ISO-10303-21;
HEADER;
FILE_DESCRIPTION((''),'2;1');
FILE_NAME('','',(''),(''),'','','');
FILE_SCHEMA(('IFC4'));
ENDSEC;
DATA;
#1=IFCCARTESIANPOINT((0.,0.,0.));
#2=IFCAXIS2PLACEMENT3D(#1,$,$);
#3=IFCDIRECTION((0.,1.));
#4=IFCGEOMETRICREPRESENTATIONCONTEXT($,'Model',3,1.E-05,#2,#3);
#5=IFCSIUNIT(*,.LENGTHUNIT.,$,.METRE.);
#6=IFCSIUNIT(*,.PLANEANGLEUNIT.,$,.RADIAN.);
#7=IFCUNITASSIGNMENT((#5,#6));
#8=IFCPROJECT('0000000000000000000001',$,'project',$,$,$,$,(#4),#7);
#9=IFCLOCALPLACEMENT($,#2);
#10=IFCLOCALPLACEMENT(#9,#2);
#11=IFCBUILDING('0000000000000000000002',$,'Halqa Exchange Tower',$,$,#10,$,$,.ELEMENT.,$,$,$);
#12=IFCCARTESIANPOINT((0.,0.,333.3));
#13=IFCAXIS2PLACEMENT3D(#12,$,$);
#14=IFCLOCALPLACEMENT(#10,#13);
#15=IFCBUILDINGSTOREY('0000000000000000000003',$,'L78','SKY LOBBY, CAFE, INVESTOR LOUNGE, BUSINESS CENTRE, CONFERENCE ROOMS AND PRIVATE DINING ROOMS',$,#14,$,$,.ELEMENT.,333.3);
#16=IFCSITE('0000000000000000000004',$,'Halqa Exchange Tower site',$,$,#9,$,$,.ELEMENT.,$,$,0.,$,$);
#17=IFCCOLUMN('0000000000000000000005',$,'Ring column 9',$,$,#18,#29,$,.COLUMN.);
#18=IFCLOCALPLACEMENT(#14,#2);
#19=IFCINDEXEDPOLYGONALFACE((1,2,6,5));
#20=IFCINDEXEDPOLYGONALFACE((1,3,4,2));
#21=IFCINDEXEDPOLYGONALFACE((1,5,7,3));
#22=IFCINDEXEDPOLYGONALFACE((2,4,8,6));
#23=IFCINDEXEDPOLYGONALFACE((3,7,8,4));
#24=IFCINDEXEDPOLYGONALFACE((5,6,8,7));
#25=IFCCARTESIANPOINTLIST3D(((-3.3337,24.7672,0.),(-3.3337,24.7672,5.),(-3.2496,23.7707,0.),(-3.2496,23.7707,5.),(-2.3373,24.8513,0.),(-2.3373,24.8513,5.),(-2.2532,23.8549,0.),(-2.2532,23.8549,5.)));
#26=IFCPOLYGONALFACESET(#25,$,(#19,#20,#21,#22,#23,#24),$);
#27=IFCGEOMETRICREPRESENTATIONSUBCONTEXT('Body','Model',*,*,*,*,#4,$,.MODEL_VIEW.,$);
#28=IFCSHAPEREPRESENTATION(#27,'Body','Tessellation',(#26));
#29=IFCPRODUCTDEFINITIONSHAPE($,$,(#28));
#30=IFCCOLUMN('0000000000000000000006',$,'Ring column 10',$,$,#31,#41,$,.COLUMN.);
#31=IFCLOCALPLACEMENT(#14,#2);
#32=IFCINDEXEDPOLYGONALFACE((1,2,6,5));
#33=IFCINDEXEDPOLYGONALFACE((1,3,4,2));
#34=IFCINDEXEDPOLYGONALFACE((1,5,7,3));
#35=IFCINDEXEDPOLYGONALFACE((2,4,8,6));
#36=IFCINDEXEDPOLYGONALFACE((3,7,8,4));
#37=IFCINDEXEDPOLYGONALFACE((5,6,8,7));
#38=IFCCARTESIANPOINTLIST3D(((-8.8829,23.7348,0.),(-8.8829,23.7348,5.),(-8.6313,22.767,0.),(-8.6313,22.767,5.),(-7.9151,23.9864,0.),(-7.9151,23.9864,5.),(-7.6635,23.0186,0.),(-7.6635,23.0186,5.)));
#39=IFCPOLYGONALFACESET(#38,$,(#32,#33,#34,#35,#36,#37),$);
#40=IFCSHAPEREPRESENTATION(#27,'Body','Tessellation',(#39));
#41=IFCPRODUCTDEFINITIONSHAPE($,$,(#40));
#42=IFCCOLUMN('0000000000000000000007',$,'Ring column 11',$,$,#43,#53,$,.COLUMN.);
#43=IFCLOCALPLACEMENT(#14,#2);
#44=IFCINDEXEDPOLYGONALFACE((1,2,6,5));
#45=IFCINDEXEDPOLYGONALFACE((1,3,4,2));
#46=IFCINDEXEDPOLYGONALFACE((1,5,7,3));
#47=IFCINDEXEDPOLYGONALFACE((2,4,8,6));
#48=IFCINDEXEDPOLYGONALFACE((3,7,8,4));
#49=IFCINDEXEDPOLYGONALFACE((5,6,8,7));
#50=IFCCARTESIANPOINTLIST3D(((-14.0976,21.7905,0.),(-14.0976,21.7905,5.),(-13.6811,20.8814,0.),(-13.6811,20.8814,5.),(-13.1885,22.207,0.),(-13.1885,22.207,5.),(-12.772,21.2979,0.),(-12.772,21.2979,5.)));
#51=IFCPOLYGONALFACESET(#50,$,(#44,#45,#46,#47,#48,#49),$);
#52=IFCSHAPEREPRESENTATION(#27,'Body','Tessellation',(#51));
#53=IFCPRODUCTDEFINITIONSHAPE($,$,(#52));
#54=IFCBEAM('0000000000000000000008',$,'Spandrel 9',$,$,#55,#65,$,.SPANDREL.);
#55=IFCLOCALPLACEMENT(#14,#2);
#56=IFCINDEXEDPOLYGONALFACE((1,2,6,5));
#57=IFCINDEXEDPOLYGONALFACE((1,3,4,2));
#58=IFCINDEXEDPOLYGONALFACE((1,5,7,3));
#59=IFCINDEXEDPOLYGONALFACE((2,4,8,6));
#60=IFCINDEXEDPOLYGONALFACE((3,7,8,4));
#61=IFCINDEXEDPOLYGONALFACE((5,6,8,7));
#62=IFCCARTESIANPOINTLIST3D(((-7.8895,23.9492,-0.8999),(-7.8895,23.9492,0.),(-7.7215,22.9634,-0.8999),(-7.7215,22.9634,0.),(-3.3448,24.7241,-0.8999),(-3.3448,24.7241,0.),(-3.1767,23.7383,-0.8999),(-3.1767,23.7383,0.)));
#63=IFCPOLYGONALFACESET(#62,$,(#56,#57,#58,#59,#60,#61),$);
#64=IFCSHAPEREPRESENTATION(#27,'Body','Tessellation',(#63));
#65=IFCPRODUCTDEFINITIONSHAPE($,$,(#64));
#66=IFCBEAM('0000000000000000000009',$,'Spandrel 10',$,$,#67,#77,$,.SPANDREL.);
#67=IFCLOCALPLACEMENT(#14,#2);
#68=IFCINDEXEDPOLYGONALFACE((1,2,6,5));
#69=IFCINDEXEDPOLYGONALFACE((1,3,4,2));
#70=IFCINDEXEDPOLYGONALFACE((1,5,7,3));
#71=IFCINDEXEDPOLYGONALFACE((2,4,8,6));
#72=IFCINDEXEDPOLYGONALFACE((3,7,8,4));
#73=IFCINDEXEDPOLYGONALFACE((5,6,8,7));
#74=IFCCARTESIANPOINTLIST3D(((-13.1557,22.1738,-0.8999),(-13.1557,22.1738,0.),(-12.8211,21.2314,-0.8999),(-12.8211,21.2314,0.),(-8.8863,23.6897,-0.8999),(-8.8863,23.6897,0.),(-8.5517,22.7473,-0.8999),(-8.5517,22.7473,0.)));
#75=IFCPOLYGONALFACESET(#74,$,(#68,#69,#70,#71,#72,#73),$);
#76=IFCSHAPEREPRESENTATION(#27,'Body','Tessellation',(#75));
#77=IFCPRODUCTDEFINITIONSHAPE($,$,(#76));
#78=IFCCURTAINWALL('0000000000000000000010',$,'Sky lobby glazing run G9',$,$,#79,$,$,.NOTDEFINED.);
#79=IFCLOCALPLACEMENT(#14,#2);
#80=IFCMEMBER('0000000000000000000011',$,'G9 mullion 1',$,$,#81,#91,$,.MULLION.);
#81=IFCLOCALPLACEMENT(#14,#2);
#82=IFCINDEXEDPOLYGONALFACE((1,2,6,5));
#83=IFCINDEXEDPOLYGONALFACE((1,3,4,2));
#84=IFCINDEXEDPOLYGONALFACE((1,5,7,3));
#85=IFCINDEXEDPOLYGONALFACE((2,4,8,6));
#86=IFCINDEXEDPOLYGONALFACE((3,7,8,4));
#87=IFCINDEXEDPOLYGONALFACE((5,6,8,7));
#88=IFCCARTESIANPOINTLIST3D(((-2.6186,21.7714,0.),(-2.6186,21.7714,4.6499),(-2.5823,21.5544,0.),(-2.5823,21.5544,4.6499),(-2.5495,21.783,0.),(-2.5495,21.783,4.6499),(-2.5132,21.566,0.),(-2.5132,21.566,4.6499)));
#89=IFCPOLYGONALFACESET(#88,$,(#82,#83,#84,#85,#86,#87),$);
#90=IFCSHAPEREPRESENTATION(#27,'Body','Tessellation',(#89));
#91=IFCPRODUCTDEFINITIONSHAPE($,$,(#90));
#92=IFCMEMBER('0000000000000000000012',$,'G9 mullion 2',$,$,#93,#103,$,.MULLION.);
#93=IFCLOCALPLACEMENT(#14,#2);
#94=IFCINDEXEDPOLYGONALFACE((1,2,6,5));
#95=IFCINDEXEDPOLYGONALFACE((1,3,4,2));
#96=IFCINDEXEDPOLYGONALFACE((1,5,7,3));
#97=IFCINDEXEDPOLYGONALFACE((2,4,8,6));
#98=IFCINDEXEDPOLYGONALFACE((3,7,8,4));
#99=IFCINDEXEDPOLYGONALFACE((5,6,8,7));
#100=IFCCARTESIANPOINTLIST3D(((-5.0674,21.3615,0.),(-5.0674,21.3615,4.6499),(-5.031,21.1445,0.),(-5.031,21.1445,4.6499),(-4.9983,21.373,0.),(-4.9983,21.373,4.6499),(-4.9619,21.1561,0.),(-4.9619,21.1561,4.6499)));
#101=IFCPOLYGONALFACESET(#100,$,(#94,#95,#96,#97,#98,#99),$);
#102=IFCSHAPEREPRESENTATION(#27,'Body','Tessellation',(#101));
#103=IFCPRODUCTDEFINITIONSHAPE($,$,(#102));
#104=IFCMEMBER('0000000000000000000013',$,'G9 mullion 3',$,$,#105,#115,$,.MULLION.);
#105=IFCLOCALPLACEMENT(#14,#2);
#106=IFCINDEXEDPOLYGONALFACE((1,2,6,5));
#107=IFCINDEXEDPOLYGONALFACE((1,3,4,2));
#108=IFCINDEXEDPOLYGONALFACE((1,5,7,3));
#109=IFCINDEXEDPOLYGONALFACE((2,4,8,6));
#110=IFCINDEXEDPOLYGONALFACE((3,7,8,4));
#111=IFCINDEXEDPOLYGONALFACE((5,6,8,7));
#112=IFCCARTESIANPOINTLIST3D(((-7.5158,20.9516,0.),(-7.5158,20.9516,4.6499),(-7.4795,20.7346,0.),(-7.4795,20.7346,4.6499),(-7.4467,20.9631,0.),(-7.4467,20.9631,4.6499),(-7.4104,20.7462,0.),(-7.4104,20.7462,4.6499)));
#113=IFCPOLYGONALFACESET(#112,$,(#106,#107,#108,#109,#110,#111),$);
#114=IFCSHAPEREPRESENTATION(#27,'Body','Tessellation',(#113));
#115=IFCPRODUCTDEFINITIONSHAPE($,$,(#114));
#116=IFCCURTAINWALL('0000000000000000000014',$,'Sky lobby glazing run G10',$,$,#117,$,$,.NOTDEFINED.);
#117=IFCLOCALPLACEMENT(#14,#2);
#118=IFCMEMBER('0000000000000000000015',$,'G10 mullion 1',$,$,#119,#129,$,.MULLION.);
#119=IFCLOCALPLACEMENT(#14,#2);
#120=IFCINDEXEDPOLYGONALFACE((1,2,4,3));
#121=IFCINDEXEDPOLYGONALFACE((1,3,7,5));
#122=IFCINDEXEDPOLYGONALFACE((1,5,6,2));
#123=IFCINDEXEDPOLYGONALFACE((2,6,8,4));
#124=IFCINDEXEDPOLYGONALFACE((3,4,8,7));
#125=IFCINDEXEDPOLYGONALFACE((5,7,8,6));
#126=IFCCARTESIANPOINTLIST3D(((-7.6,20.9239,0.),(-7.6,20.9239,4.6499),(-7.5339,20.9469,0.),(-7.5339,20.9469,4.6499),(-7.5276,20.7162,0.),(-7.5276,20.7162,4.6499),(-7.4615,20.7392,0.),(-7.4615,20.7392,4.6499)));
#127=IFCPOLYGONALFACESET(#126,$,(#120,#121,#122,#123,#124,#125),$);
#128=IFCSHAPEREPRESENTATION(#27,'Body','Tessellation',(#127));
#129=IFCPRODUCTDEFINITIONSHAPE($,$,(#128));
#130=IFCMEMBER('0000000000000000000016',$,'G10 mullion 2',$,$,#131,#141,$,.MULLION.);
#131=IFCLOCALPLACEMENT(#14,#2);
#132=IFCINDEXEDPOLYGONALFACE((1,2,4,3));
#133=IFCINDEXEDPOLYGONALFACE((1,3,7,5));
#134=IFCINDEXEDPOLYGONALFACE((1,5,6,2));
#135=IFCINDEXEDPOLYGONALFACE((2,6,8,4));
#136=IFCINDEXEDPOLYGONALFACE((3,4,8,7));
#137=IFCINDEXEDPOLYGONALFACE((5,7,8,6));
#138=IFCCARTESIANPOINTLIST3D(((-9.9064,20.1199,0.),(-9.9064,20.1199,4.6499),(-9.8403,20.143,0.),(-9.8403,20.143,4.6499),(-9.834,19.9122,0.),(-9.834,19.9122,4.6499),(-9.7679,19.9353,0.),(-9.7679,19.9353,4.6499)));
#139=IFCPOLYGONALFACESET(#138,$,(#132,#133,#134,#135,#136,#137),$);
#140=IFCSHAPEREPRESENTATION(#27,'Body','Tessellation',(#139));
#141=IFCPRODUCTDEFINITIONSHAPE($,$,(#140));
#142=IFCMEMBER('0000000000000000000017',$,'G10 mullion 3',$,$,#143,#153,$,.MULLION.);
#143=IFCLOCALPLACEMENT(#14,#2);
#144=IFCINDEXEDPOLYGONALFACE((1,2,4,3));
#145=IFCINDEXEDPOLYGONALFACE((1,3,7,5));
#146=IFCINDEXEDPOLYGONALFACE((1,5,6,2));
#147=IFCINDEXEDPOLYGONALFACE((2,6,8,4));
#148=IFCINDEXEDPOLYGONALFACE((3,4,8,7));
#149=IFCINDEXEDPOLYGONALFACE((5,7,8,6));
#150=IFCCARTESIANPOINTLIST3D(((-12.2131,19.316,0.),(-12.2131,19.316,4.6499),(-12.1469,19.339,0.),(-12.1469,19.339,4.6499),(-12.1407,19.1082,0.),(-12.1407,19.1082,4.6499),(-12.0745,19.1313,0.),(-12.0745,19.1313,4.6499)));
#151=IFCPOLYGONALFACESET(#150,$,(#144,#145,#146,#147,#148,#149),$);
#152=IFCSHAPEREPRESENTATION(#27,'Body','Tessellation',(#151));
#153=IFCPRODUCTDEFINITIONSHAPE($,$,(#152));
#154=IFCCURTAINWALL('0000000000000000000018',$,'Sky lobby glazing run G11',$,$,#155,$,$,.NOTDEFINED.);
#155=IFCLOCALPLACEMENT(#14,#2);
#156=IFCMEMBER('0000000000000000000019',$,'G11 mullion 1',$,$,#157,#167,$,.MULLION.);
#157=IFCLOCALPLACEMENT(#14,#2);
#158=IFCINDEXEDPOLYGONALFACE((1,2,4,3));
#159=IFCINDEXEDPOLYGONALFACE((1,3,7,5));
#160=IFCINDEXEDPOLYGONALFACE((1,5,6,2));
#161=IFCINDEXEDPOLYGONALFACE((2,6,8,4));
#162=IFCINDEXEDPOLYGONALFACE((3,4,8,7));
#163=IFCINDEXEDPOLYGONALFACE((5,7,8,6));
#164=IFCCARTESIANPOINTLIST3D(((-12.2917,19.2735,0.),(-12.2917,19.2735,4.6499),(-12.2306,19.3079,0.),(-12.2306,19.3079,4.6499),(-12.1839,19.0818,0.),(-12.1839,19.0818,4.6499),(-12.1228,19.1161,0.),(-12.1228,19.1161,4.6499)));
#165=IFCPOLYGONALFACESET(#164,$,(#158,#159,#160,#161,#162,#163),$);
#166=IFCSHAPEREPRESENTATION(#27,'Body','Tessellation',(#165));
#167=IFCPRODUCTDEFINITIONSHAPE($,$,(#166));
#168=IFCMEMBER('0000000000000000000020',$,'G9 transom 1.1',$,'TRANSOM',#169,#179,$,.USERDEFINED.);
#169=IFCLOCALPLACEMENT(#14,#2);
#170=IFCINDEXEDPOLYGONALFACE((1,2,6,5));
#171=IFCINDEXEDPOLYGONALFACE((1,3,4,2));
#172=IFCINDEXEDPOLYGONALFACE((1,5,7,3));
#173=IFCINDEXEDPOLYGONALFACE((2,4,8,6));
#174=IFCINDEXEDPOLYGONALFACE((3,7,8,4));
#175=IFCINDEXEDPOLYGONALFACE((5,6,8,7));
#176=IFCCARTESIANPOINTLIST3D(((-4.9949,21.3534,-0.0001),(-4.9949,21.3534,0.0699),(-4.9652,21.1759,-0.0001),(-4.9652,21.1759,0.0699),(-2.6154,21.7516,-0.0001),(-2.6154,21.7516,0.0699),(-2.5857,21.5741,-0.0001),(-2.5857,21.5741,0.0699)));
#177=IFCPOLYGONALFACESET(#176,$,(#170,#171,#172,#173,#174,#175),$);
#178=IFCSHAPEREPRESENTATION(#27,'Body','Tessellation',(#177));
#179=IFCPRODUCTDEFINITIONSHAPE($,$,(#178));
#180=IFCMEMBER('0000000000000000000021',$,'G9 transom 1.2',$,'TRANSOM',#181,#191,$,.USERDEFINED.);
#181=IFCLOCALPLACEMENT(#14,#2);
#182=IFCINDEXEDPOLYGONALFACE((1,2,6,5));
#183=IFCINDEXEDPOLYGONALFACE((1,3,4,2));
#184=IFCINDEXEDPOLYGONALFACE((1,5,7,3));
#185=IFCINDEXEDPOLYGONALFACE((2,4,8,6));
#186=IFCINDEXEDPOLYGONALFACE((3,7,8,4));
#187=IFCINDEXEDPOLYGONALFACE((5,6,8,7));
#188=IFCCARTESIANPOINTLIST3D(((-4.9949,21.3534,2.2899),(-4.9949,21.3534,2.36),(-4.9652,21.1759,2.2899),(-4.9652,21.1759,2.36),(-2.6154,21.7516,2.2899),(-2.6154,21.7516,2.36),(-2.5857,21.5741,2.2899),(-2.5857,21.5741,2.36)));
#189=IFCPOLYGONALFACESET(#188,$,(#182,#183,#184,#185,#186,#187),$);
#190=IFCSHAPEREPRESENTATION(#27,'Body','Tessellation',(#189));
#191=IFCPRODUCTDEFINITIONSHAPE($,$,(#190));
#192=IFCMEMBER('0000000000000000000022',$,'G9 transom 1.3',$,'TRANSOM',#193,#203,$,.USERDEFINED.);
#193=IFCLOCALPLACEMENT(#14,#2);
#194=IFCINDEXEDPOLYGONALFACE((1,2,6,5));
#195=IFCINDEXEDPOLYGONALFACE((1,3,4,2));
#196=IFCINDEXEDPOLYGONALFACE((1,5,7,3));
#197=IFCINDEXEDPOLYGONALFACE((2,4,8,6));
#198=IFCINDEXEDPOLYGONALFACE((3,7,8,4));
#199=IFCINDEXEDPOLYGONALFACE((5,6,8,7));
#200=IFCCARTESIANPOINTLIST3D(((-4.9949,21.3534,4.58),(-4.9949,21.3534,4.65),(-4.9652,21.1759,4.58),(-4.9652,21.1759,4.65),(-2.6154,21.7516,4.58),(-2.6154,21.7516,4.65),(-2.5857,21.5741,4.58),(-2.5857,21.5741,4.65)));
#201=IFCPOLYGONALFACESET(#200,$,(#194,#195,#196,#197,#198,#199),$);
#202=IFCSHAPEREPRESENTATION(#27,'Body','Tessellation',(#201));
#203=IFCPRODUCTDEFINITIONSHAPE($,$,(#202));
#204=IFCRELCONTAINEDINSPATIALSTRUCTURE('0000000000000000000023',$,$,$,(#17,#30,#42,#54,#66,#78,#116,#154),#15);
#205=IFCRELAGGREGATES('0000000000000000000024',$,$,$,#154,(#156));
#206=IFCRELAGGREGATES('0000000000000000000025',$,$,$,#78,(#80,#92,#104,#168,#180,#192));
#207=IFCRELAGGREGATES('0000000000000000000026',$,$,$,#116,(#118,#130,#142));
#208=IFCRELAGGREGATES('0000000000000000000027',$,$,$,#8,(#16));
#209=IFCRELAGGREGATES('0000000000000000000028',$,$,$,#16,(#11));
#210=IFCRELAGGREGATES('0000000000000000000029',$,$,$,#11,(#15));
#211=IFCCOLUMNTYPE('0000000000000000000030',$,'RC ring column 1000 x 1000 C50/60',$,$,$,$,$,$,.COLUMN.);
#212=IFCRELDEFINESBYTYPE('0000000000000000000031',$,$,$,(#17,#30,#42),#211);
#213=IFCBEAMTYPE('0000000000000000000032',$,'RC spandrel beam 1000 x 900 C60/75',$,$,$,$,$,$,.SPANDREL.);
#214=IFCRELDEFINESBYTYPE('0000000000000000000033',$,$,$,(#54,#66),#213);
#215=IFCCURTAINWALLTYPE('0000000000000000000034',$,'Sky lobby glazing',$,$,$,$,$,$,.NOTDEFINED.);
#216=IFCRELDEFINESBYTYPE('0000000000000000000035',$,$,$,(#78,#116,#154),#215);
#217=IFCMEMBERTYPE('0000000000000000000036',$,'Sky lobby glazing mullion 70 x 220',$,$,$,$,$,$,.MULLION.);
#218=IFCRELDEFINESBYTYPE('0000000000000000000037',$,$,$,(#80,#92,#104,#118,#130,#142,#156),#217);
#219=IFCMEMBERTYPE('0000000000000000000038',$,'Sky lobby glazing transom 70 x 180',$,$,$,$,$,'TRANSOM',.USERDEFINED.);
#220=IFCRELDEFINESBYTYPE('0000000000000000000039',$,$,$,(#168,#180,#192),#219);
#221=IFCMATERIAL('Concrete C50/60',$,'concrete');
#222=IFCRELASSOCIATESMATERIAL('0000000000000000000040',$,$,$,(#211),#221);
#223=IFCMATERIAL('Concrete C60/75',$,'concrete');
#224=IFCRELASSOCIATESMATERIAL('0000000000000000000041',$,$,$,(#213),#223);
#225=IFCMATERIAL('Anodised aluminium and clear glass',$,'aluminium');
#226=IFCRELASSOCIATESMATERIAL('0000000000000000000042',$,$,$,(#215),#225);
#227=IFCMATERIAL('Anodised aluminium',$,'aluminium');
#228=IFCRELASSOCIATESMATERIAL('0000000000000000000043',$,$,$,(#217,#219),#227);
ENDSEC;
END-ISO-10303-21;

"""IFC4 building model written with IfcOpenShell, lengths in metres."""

from ifc_helpers import new_model, si_unit, direction, frame, origin, origin_2d, place, context, subcontext, project, spatial, rectangle, extrude, material, material_profile, profile_set, type_object, element, aggregate, save


model = new_model("IFC4")

# Units and contexts
model_context = context("Model", 3, precision=1e-05, world=origin(), true_north=direction((0.0, 1.0)))
body_context = subcontext(model_context, "Body", "Model", "MODEL_VIEW")
ifc_project = project(units=[si_unit("LENGTHUNIT", "METRE"), si_unit("PLANEANGLEUNIT", "RADIAN")], contexts=[model_context])

# Site, building, storey
site_placement = place(None, origin())
site = spatial("IfcSite", under=ifc_project, at=site_placement, Name="Halqa Exchange Tower site", CompositionType="ELEMENT", RefElevation=0.0)
building_placement = place(site_placement, origin())
building = spatial("IfcBuilding", under=site, at=building_placement, Name="Halqa Exchange Tower", CompositionType="ELEMENT")
storey_placement = place(building_placement, frame((0.0, 0.0, 333.3)))
storey = spatial("IfcBuildingStorey", under=building, at=storey_placement, Name="L78", Description="SKY LOBBY, CAFE, INVESTOR LOUNGE, BUSINESS CENTRE, CONFERENCE ROOMS AND PRIVATE DINING ROOMS", CompositionType="ELEMENT", Elevation=333.3)

# Columns
ifc_material_1 = material(Name="Concrete C50/60", Category="concrete")
ifc_material_profile_1 = material_profile(ifc_material_1, rectangle(XDim=1.0, YDim=1.0, at=origin_2d()), Name="1000 x 1000")
ifc_profile_set_1 = profile_set([ifc_material_profile_1], Name="Concrete C50/60")
column_type = type_object("IfcColumnType", Name="RC ring column 1000 x 1000 C50/60", PredefinedType="COLUMN", material=ifc_profile_set_1)
for number, where, z_axis, x_axis, name in (
    (1, (-2.7935, 24.311, 0.0), (0.0, 0.0, 1.0), (-0.996455, -0.084127, 0.0), "Ring column 9"),
    (2, (-8.2732, 23.3767, 0.0), (0.0, 0.0, 1.0), (-0.967819, -0.251647, 0.0), "Ring column 10"),
    (3, (-13.4348, 21.5442, 0.0), (0.0, 0.0, 1.0), (-0.909129, -0.416516, 0.0), "Ring column 11"),
):
    element("IfcColumn", number, at=place(storey_placement, frame(where, z_axis=z_axis, x_axis=x_axis)), inside=storey, type_object=column_type, Name=name, PredefinedType="COLUMN", context=body_context, shape_type="SweptSolid", body=[
        extrude(rectangle(XDim=1.0, YDim=1.0, at=origin_2d()), origin(), (0.0, 0.0, 1.0), 5.0),
    ])

# Beams
ifc_material_2 = material(Name="Concrete C60/75", Category="concrete")
ifc_material_profile_2 = material_profile(ifc_material_2, rectangle(XDim=1.0, YDim=0.8999, at=origin_2d()), Name="1000 x 900")
ifc_profile_set_2 = profile_set([ifc_material_profile_2], Name="Concrete C60/75")
beam_type = type_object("IfcBeamType", Name="RC spandrel beam 1000 x 900 C60/75", PredefinedType="SPANDREL", material=ifc_profile_set_2)
beam_1_placement = place(storey_placement, frame((-3.2607, 24.2312, -0.45), z_axis=(-0.985773, -0.168082, 0.0), x_axis=(0.168082, -0.985773, 0.0)))
element("IfcBeam", 4, at=beam_1_placement, inside=storey, type_object=beam_type, Name="Spandrel 9", PredefinedType="SPANDREL", context=body_context, shape_type="SweptSolid", body=[
    extrude(rectangle(XDim=1.0, YDim=0.8999, at=origin_2d()), origin(), (0.0, 0.0, 1.0), 4.6104),
])
beam_2_placement = place(storey_placement, frame((-8.719, 23.2185, -0.45), z_axis=(-0.942361, -0.334598, 0.0), x_axis=(0.334598, -0.942361, 0.0)))
element("IfcBeam", 5, at=beam_2_placement, inside=storey, type_object=beam_type, Name="Spandrel 10", PredefinedType="SPANDREL", context=body_context, shape_type="SweptSolid", body=[
    extrude(rectangle(XDim=1.0, YDim=0.8999, at=origin_2d()), origin(), (0.0, 0.0, 1.0), 4.5305),
])

# Curtain walls, members
ifc_material_3 = material(Name="Anodised aluminium and clear glass", Category="aluminium")
curtain_wall_type = type_object("IfcCurtainWallType", Name="Sky lobby glazing", PredefinedType="NOTDEFINED", material=ifc_material_3)
curtain_wall_1_placement = place(storey_placement, origin())
curtain_wall_1 = element("IfcCurtainWall", 6, at=curtain_wall_1_placement, inside=storey, type_object=curtain_wall_type, Name="Sky lobby glazing run G9", PredefinedType="NOTDEFINED")
ifc_material_4 = material(Name="Anodised aluminium", Category="aluminium")
ifc_material_profile_3 = material_profile(ifc_material_4, rectangle(XDim=0.22, YDim=0.0701, at=origin_2d()), Name="AL 70x220")
ifc_profile_set_3 = profile_set([ifc_material_profile_3], Name="Anodised aluminium")
member_type_1 = type_object("IfcMemberType", Name="Sky lobby glazing mullion 70 x 220", PredefinedType="MULLION", material=ifc_profile_set_3)
member_1_placement = place(storey_placement, frame((-2.5659, 21.6687, 0.0), z_axis=(0.0, 0.0, 1.0), x_axis=(0.165117, -0.986274, 0.0)))
member_1 = element("IfcMember", 7, at=member_1_placement, type_object=member_type_1, Name="G9 mullion 1", PredefinedType="MULLION", context=body_context, shape_type="SweptSolid", body=[
    extrude(rectangle(XDim=0.22, YDim=0.0701, at=origin_2d()), origin(), (0.0, 0.0, 1.0), 4.6499),
])
member_2_placement = place(storey_placement, frame((-5.0146, 21.2588, 0.0), z_axis=(0.0, 0.0, 1.0), x_axis=(0.165117, -0.986274, 0.0)))
member_2 = element("IfcMember", 8, at=member_2_placement, type_object=member_type_1, Name="G9 mullion 2", PredefinedType="MULLION", context=body_context, shape_type="SweptSolid", body=[
    extrude(rectangle(XDim=0.22, YDim=0.0701, at=origin_2d()), origin(), (0.0, 0.0, 1.0), 4.6499),
])
member_3_placement = place(storey_placement, frame((-7.4631, 20.8489, 0.0), z_axis=(0.0, 0.0, 1.0), x_axis=(0.165117, -0.986274, 0.0)))
member_3 = element("IfcMember", 9, at=member_3_placement, type_object=member_type_1, Name="G9 mullion 3", PredefinedType="MULLION", context=body_context, shape_type="SweptSolid", body=[
    extrude(rectangle(XDim=0.22, YDim=0.0701, at=origin_2d()), origin(), (0.0, 0.0, 1.0), 4.6499),
])
curtain_wall_2_placement = place(storey_placement, origin())
curtain_wall_2 = element("IfcCurtainWall", 10, at=curtain_wall_2_placement, inside=storey, type_object=curtain_wall_type, Name="Sky lobby glazing run G10", PredefinedType="NOTDEFINED")
member_4_placement = place(storey_placement, frame((-7.5308, 20.8315, 0.0), z_axis=(0.0, 0.0, 1.0), x_axis=(0.32916, -0.944274, 0.0)))
member_4 = element("IfcMember", 11, at=member_4_placement, type_object=member_type_1, Name="G10 mullion 1", PredefinedType="MULLION", context=body_context, shape_type="SweptSolid", body=[
    extrude(rectangle(XDim=0.22, YDim=0.0701, at=origin_2d()), origin(), (0.0, 0.0, 1.0), 4.6499),
])
member_5_placement = place(storey_placement, frame((-9.8372, 20.0276, 0.0), z_axis=(0.0, 0.0, 1.0), x_axis=(0.32916, -0.944274, 0.0)))
member_5 = element("IfcMember", 12, at=member_5_placement, type_object=member_type_1, Name="G10 mullion 2", PredefinedType="MULLION", context=body_context, shape_type="SweptSolid", body=[
    extrude(rectangle(XDim=0.22, YDim=0.0701, at=origin_2d()), origin(), (0.0, 0.0, 1.0), 4.6499),
])
member_6_placement = place(storey_placement, frame((-12.1438, 19.2236, 0.0), z_axis=(0.0, 0.0, 1.0), x_axis=(0.32916, -0.944274, 0.0)))
member_6 = element("IfcMember", 13, at=member_6_placement, type_object=member_type_1, Name="G10 mullion 3", PredefinedType="MULLION", context=body_context, shape_type="SweptSolid", body=[
    extrude(rectangle(XDim=0.22, YDim=0.0701, at=origin_2d()), origin(), (0.0, 0.0, 1.0), 4.6499),
])

# Curtain wall, member
curtain_wall_3_placement = place(storey_placement, origin())
curtain_wall_3 = element("IfcCurtainWall", 14, at=curtain_wall_3_placement, inside=storey, type_object=curtain_wall_type, Name="Sky lobby glazing run G11", PredefinedType="NOTDEFINED")
member_7_placement = place(storey_placement, frame((-12.2073, 19.1948, 0.0), z_axis=(0.0, 0.0, 1.0), x_axis=(0.490158, -0.871634, 0.0)))
member_7 = element("IfcMember", 15, at=member_7_placement, type_object=member_type_1, Name="G11 mullion 1", PredefinedType="MULLION", context=body_context, shape_type="SweptSolid", body=[
    extrude(rectangle(XDim=0.22, YDim=0.0701, at=origin_2d()), origin(), (0.0, 0.0, 1.0), 4.6499),
])

# Members
ifc_material_profile_4 = material_profile(ifc_material_4, rectangle(XDim=0.1799, YDim=0.0701, at=origin_2d()), Name="AL 70x180")
ifc_profile_set_4 = profile_set([ifc_material_profile_4], Name="Anodised aluminium")
member_type_2 = type_object("IfcMemberType", Name="Sky lobby glazing transom 70 x 180", ElementType="TRANSOM", PredefinedType="USERDEFINED", material=ifc_profile_set_4)
member_8_placement = place(storey_placement, frame((-2.6006, 21.6628, 0.0349), z_axis=(-0.986284, -0.165055, 0.0), x_axis=(0.165055, -0.986284, 0.0)))
member_8 = element("IfcMember", 16, at=member_8_placement, type_object=member_type_2, Name="G9 transom 1.1", ObjectType="TRANSOM", PredefinedType="USERDEFINED", context=body_context, shape_type="SweptSolid", body=[
    extrude(rectangle(XDim=0.1799, YDim=0.0701, at=origin_2d()), origin(), (0.0, 0.0, 1.0), 2.4126),
])
member_9_placement = place(storey_placement, frame((-2.6006, 21.6628, 2.325), z_axis=(-0.986284, -0.165055, 0.0), x_axis=(0.165055, -0.986284, 0.0)))
member_9 = element("IfcMember", 17, at=member_9_placement, type_object=member_type_2, Name="G9 transom 1.2", ObjectType="TRANSOM", PredefinedType="USERDEFINED", context=body_context, shape_type="SweptSolid", body=[
    extrude(rectangle(XDim=0.1799, YDim=0.0701, at=origin_2d()), origin(), (0.0, 0.0, 1.0), 2.4126),
])
member_10_placement = place(storey_placement, frame((-2.6006, 21.6628, 4.615), z_axis=(-0.986284, -0.165055, 0.0), x_axis=(0.165055, -0.986284, 0.0)))
member_10 = element("IfcMember", 18, at=member_10_placement, type_object=member_type_2, Name="G9 transom 1.3", ObjectType="TRANSOM", PredefinedType="USERDEFINED", context=body_context, shape_type="SweptSolid", body=[
    extrude(rectangle(XDim=0.1799, YDim=0.0701, at=origin_2d()), origin(), (0.0, 0.0, 1.0), 2.4126),
])
aggregate(curtain_wall_3, [member_7])

aggregate(curtain_wall_1, [member_1, member_2, member_3, member_8, member_9, member_10])
aggregate(curtain_wall_2, [member_4, member_5, member_6])

save(model, "model.ifc")
